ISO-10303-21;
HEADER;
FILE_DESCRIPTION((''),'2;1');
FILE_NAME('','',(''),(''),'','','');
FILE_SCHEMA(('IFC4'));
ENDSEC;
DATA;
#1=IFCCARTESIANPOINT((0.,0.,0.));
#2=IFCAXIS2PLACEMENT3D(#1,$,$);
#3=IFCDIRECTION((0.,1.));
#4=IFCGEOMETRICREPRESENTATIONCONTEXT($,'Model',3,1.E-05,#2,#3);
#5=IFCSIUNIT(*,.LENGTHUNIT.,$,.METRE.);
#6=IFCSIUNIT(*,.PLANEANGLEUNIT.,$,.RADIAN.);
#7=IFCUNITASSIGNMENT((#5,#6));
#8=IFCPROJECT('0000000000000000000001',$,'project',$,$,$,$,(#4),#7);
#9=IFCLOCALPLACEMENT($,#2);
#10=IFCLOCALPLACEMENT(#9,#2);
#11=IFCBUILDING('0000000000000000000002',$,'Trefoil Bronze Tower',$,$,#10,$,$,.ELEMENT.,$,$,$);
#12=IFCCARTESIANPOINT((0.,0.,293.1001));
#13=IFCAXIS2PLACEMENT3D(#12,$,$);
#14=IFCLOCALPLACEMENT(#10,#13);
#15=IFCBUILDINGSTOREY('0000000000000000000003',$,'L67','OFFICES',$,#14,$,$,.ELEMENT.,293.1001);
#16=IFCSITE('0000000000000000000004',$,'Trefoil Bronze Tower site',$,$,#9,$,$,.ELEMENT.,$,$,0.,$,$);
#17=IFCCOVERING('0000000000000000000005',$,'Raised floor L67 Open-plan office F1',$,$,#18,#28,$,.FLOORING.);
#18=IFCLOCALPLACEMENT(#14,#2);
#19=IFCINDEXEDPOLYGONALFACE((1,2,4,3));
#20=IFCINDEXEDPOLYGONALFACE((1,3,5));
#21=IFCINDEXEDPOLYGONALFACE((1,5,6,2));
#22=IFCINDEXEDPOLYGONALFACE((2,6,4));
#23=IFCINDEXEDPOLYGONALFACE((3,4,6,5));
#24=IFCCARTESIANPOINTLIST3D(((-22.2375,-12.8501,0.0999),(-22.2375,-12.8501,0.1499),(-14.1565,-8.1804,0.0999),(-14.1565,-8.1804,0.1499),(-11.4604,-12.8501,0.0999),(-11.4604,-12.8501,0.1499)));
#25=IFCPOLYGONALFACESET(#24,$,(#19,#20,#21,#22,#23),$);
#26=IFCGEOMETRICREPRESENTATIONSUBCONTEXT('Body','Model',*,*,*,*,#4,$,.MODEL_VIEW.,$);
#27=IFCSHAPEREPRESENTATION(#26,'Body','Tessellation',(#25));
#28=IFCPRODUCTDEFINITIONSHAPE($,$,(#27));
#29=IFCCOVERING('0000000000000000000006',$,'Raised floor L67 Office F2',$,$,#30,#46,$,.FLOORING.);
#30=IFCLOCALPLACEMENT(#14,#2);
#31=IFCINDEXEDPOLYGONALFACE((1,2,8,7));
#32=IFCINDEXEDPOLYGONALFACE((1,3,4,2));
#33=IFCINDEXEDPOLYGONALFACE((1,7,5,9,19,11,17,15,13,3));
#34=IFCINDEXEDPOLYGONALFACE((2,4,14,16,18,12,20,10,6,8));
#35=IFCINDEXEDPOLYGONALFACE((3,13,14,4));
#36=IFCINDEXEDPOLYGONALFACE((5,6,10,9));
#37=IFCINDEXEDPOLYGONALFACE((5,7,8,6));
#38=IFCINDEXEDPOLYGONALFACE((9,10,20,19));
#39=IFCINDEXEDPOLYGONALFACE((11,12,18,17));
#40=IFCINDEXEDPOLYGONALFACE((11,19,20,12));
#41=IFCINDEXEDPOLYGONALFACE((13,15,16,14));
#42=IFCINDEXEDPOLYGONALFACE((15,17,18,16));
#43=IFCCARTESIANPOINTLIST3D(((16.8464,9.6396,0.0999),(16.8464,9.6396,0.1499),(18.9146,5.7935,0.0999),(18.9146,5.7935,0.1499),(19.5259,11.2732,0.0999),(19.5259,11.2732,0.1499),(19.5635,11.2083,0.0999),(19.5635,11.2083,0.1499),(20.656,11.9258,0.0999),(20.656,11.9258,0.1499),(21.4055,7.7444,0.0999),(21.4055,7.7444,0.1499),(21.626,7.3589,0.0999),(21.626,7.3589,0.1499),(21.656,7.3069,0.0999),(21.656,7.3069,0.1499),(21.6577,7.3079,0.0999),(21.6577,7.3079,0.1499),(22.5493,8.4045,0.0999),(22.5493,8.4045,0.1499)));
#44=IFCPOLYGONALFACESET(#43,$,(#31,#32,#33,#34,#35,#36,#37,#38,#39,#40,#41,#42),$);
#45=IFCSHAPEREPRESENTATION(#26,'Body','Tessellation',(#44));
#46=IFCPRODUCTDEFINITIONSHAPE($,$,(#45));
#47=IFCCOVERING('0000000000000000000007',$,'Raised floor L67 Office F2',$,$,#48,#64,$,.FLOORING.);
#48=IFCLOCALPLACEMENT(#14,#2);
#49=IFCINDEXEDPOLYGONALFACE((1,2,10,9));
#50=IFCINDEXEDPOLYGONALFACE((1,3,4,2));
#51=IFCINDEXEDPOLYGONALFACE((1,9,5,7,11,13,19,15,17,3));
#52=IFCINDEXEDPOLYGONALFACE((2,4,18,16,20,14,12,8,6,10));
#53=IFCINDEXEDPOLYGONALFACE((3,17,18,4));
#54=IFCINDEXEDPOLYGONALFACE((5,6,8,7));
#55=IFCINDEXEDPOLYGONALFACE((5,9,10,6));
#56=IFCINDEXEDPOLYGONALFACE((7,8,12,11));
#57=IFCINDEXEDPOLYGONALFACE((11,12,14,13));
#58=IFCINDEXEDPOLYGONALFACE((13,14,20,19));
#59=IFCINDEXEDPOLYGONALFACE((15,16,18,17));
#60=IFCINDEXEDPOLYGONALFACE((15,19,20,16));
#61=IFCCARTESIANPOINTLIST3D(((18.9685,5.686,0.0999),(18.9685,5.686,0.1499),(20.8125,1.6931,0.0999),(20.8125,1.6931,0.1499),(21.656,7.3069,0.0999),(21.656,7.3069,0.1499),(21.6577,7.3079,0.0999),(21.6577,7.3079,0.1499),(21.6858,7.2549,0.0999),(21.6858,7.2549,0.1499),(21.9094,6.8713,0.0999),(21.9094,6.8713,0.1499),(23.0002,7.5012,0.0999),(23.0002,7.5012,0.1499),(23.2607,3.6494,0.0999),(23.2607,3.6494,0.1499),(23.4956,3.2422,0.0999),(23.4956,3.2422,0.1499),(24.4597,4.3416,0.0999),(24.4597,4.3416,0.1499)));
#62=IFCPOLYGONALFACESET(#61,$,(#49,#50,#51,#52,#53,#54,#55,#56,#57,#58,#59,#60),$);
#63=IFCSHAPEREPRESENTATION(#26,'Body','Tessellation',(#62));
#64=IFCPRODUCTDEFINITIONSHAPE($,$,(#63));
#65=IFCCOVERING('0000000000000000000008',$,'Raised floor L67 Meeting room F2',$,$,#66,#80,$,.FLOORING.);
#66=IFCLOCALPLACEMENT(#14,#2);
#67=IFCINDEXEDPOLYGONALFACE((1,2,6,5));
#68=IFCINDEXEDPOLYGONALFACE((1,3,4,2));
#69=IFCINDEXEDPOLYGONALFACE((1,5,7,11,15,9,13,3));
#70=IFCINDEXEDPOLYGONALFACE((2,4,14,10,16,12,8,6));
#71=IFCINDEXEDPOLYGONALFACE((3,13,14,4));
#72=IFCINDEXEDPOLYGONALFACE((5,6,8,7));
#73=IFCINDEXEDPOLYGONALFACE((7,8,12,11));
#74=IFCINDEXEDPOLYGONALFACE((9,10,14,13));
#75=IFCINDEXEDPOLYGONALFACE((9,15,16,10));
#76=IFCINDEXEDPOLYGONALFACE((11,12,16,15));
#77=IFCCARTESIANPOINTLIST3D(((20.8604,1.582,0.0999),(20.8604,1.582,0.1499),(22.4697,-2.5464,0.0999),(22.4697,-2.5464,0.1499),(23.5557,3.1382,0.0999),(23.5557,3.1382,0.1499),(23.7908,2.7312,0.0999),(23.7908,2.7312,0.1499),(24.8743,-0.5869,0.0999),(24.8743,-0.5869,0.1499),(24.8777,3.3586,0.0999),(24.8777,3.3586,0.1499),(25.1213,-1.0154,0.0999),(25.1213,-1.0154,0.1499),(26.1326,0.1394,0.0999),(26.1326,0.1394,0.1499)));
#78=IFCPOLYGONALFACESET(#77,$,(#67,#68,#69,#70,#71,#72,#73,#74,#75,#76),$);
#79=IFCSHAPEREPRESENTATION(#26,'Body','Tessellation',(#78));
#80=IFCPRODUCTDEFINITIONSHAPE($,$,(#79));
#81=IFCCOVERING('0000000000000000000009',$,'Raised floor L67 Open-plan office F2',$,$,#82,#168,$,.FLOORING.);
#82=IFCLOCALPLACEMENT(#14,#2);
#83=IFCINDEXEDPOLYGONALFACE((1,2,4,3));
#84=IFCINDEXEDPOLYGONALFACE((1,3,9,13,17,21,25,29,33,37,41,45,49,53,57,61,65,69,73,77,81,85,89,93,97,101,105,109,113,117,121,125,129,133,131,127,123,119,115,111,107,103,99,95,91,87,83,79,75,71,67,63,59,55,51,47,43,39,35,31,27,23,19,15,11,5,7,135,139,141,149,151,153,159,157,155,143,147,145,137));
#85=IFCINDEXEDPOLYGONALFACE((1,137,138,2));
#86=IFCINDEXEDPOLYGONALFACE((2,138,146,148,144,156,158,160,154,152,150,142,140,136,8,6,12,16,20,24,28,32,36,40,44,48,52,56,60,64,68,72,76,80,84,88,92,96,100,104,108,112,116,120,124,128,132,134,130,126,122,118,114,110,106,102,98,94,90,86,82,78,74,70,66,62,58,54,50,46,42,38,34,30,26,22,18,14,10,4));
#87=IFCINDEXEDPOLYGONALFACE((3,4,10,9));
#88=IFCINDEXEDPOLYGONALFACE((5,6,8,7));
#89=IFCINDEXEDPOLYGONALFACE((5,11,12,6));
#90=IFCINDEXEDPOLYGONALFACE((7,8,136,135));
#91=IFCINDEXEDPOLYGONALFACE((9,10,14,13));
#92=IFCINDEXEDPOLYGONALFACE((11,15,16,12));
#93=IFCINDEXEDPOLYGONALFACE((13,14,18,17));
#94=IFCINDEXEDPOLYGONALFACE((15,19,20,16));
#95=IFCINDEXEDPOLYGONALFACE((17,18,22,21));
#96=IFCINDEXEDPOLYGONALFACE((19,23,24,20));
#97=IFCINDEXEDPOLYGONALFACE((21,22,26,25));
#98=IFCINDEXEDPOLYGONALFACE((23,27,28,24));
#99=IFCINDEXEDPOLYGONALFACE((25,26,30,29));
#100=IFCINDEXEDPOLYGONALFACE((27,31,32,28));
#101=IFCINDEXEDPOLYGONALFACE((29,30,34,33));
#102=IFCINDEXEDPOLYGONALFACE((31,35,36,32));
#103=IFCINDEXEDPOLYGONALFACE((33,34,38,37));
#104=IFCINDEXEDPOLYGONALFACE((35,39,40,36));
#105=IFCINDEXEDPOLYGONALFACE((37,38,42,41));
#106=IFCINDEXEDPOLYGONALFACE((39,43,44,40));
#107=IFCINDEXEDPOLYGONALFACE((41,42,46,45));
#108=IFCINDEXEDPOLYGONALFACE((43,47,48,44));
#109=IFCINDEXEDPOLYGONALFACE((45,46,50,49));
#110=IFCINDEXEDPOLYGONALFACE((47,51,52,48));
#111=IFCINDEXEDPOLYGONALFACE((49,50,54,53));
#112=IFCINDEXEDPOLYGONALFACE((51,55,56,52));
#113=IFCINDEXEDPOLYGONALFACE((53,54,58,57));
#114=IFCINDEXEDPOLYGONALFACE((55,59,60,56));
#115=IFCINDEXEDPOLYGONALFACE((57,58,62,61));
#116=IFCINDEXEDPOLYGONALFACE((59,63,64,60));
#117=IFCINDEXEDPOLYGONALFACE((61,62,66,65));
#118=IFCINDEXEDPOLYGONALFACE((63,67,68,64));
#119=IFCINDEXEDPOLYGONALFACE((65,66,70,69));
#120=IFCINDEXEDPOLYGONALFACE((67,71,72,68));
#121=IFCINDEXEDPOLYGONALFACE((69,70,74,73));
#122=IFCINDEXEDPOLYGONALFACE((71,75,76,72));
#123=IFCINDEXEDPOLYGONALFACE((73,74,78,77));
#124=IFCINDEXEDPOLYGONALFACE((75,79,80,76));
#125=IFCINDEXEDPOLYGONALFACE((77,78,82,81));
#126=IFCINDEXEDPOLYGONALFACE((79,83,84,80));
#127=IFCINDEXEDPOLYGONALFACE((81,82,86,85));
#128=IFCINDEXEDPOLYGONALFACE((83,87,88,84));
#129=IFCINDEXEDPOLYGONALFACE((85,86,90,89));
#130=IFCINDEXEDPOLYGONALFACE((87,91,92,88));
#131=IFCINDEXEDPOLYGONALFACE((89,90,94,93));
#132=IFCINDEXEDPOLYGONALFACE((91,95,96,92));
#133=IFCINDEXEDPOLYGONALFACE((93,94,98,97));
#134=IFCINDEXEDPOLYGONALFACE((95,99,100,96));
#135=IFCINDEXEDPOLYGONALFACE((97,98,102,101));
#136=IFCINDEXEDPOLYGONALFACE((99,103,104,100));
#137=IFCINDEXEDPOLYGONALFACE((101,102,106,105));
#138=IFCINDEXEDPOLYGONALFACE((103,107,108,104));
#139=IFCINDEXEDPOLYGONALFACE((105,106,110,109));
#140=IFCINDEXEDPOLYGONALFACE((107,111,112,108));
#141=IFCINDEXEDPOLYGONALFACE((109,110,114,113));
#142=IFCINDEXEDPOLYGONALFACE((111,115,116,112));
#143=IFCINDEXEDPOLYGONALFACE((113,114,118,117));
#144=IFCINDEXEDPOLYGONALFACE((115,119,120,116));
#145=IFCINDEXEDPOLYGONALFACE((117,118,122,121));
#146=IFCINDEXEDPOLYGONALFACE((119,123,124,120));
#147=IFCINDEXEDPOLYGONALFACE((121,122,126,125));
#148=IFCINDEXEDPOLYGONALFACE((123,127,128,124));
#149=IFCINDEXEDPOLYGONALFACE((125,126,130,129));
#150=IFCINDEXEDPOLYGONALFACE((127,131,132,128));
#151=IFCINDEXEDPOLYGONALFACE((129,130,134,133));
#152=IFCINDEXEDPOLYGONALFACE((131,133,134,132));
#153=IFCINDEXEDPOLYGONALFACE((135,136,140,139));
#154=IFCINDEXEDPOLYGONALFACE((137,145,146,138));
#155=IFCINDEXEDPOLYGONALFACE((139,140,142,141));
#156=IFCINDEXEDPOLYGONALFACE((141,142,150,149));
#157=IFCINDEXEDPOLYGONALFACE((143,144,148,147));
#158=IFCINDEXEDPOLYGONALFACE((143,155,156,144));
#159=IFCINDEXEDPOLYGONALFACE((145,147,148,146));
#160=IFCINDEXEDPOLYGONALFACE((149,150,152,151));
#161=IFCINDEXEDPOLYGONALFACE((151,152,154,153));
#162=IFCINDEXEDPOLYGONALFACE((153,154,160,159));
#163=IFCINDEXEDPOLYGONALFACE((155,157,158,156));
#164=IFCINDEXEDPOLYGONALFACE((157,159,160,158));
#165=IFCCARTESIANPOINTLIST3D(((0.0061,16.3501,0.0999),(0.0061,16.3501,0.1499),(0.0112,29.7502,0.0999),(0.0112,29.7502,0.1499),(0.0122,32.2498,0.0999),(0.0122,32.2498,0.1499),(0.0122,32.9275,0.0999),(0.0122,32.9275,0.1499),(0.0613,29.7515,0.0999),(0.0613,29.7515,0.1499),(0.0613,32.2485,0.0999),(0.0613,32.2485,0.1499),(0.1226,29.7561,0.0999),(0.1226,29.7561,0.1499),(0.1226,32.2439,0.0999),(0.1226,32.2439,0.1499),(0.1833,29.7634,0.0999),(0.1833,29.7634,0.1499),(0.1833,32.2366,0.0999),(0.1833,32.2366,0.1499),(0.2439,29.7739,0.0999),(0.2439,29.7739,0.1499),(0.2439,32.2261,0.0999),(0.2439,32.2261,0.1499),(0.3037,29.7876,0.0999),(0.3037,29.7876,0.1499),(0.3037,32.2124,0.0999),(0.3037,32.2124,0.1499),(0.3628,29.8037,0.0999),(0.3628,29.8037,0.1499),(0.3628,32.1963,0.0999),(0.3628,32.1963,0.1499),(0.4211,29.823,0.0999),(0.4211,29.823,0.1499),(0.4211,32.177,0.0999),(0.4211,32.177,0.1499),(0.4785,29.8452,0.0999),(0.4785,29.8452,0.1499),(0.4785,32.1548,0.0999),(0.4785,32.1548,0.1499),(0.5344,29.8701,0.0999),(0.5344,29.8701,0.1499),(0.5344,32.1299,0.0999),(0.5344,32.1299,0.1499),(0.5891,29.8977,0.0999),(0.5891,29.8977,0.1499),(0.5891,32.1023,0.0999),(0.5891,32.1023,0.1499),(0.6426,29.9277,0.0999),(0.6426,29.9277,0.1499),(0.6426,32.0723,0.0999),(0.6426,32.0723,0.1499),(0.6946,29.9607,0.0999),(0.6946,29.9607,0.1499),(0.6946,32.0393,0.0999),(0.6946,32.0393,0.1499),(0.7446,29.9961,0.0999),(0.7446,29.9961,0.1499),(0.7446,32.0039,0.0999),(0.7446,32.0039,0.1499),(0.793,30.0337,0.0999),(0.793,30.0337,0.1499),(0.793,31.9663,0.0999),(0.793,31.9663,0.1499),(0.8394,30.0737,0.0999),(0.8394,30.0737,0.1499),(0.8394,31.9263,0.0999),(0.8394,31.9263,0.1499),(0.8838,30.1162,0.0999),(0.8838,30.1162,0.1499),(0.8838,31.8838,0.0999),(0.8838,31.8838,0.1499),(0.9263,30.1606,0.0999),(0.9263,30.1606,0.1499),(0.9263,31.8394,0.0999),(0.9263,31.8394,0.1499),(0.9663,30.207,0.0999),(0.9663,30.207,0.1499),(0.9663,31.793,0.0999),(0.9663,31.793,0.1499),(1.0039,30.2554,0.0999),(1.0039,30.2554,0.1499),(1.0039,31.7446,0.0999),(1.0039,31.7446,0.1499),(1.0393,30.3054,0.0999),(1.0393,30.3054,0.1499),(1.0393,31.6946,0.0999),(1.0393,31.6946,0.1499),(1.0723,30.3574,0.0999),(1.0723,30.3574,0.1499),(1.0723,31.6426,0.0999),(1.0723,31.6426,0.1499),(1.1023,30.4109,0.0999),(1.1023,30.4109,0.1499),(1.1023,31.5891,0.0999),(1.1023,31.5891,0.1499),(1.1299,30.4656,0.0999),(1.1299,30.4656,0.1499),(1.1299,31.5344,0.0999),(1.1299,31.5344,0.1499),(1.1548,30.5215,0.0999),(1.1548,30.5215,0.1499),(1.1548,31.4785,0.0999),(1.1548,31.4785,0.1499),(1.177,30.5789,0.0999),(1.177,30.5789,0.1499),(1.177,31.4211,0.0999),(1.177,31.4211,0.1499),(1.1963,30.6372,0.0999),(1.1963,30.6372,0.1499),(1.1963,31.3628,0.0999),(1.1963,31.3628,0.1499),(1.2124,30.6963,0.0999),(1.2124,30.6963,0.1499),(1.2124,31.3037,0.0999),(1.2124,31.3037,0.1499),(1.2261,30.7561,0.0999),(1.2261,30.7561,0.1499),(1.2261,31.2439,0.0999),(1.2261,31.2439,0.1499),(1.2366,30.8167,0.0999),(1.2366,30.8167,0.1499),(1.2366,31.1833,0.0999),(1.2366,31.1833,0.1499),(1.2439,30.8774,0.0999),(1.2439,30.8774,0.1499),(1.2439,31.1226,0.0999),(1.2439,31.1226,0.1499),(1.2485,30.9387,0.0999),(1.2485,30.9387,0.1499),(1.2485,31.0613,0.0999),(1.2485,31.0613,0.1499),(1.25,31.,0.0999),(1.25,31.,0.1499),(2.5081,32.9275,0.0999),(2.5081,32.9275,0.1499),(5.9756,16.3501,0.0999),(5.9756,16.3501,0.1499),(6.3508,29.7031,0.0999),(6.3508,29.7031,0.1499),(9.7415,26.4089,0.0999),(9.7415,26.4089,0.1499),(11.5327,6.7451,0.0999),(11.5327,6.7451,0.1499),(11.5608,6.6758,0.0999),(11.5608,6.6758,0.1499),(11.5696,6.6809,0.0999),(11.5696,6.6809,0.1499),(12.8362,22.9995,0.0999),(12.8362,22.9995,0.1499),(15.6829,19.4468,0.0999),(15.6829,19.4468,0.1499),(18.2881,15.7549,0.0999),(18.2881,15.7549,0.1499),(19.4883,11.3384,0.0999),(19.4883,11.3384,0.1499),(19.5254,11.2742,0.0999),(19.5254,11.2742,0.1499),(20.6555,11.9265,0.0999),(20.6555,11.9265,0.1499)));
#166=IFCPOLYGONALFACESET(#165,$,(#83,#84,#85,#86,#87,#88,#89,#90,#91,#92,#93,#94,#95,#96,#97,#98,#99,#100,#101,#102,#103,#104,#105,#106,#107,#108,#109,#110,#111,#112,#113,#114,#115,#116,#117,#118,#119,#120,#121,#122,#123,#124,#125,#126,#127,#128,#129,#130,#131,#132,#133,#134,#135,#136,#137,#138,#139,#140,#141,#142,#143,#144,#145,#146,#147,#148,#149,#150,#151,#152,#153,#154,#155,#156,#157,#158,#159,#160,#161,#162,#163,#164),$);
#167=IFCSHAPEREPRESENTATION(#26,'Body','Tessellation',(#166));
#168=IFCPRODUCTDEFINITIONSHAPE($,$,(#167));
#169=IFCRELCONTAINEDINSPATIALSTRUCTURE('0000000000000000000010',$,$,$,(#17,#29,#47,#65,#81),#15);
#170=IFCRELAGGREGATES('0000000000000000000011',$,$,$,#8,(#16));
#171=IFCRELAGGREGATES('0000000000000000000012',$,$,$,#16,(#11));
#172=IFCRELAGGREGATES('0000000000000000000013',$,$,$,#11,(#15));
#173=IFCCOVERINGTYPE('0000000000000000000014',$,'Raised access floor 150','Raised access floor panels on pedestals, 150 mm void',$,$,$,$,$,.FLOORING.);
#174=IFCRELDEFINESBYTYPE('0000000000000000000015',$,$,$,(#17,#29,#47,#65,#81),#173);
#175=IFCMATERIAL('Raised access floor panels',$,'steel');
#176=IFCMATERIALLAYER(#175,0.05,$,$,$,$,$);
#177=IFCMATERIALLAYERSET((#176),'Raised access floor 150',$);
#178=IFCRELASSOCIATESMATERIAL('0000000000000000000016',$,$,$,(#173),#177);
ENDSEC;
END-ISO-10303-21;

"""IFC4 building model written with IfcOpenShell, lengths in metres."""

from ifc_helpers import new_model, si_unit, direction, frame, origin, place, context, subcontext, project, spatial, polyline, outline, extrude, material, layer, layer_set, type_object, element, save


model = new_model("IFC4")

# Units and contexts
model_context = context("Model", 3, precision=1e-05, world=origin(), true_north=direction((0.0, 1.0)))
body_context = subcontext(model_context, "Body", "Model", "MODEL_VIEW")
ifc_project = project(units=[si_unit("LENGTHUNIT", "METRE"), si_unit("PLANEANGLEUNIT", "RADIAN")], contexts=[model_context])

# Site, building, storey
site_placement = place(None, origin())
site = spatial("IfcSite", under=ifc_project, at=site_placement, Name="Trefoil Bronze Tower site", CompositionType="ELEMENT", RefElevation=0.0)
building_placement = place(site_placement, origin())
building = spatial("IfcBuilding", under=site, at=building_placement, Name="Trefoil Bronze Tower", CompositionType="ELEMENT")
storey_placement = place(building_placement, frame((0.0, 0.0, 293.1001)))
storey = spatial("IfcBuildingStorey", under=building, at=storey_placement, Name="L67", Description="OFFICES", CompositionType="ELEMENT", Elevation=293.1001)

# Coverings
ifc_material_1 = material(Name="Raised access floor panels", Category="steel")
ifc_layer_1 = layer(ifc_material_1, 0.05)
ifc_layer_set_1 = layer_set([ifc_layer_1], Name="Raised access floor 150")
covering_type_1 = type_object("IfcCoveringType", Name="Raised access floor 150", Description="Raised access floor panels on pedestals, 150 mm void", PredefinedType="FLOORING", material=ifc_layer_set_1)
covering_1_placement = place(storey_placement, frame((0.0, 0.0, 0.0999)))
element("IfcCovering", 1, at=covering_1_placement, inside=storey, type_object=covering_type_1, Name="Raised floor L67 Open-plan office F1", PredefinedType="FLOORING", context=body_context, shape_type="SweptSolid", body=[
    extrude(outline(polyline([(-22.2375, -12.8501), (-14.1565, -8.1804), (-11.4604, -12.8501), (-22.2375, -12.8501)])), origin(), (0.0, 0.0, 1.0), 0.05),
])
covering_2_placement = place(storey_placement, frame((0.0, 0.0, 0.0999)))
element("IfcCovering", 2, at=covering_2_placement, inside=storey, type_object=covering_type_1, Name="Raised floor L67 Office F2", PredefinedType="FLOORING", context=body_context, shape_type="SweptSolid", body=[
    extrude(outline(polyline([(20.656, 11.9258), (22.5493, 8.4045), (21.4055, 7.7444), (21.6577, 7.3079), (21.656, 7.3069), (21.626, 7.3589), (18.9146, 5.7935), (16.8464, 9.6396), (19.5635, 11.2083), (19.5259, 11.2732), (20.656, 11.9258)])), origin(), (0.0, 0.0, 1.0), 0.05),
])
covering_3_placement = place(storey_placement, frame((0.0, 0.0, 0.0999)))
element("IfcCovering", 3, at=covering_3_placement, inside=storey, type_object=covering_type_1, Name="Raised floor L67 Office F2", PredefinedType="FLOORING", context=body_context, shape_type="SweptSolid", body=[
    extrude(outline(polyline([(23.4956, 3.2422), (20.8125, 1.6931), (18.9685, 5.686), (21.6858, 7.2549), (21.656, 7.3069), (21.6577, 7.3079), (21.9094, 6.8713), (23.0002, 7.5012), (24.4597, 4.3416), (23.2607, 3.6494), (23.4956, 3.2422)])), origin(), (0.0, 0.0, 1.0), 0.05),
])
covering_4_placement = place(storey_placement, frame((0.0, 0.0, 0.0999)))
element("IfcCovering", 4, at=covering_4_placement, inside=storey, type_object=covering_type_1, Name="Raised floor L67 Meeting room F2", PredefinedType="FLOORING", context=body_context, shape_type="SweptSolid", body=[
    extrude(outline(polyline([(25.1213, -1.0154), (22.4697, -2.5464), (20.8604, 1.582), (23.5557, 3.1382), (23.7908, 2.7312), (24.8777, 3.3586), (26.1326, 0.1394), (24.8743, -0.5869), (25.1213, -1.0154)])), origin(), (0.0, 0.0, 1.0), 0.05),
])
covering_5_placement = place(storey_placement, frame((0.0, 0.0, 0.0999)))
element("IfcCovering", 5, at=covering_5_placement, inside=storey, type_object=covering_type_1, Name="Raised floor L67 Open-plan office F2", PredefinedType="FLOORING", context=body_context, shape_type="SweptSolid", body=[
    extrude(outline(polyline([(6.3508, 29.7031), (9.7415, 26.4089), (12.8362, 22.9995), (15.6829, 19.4468), (18.2881, 15.7549), (20.6555, 11.9265), (19.5254, 11.2742), (19.4883, 11.3384), (11.5327, 6.7451), (11.5696, 6.6809), (11.5608, 6.6758), (5.9756, 16.3501), (0.0061, 16.3501), (0.0112, 29.7502), (0.0613, 29.7515), (0.1226, 29.7561), (0.1833, 29.7634), (0.2439, 29.7739), (0.3037, 29.7876), (0.3628, 29.8037), (0.4211, 29.823), (0.4785, 29.8452), (0.5344, 29.8701), (0.5891, 29.8977), (0.6426, 29.9277), (0.6946, 29.9607), (0.7446, 29.9961), (0.793, 30.0337), (0.8394, 30.0737), (0.8838, 30.1162), (0.9263, 30.1606), (0.9663, 30.207), (1.0039, 30.2554), (1.0393, 30.3054), (1.0723, 30.3574), (1.1023, 30.4109), (1.1299, 30.4656), (1.1548, 30.5215), (1.177, 30.5789), (1.1963, 30.6372), (1.2124, 30.6963), (1.2261, 30.7561), (1.2366, 30.8167), (1.2439, 30.8774), (1.2485, 30.9387), (1.25, 31.0), (1.2485, 31.0613), (1.2439, 31.1226), (1.2366, 31.1833), (1.2261, 31.2439), (1.2124, 31.3037), (1.1963, 31.3628), (1.177, 31.4211), (1.1548, 31.4785), (1.1299, 31.5344), (1.1023, 31.5891), (1.0723, 31.6426), (1.0393, 31.6946), (1.0039, 31.7446), (0.9663, 31.793), (0.9263, 31.8394), (0.8838, 31.8838), (0.8394, 31.9263), (0.793, 31.9663), (0.7446, 32.0039), (0.6946, 32.0393), (0.6426, 32.0723), (0.5891, 32.1023), (0.5344, 32.1299), (0.4785, 32.1548), (0.4211, 32.177), (0.3628, 32.1963), (0.3037, 32.2124), (0.2439, 32.2261), (0.1833, 32.2366), (0.1226, 32.2439), (0.0613, 32.2485), (0.0122, 32.2498), (0.0122, 32.9275), (2.5081, 32.9275), (6.3508, 29.7031)])), origin(), (0.0, 0.0, 1.0), 0.05),
])

save(model, "model.ifc")
